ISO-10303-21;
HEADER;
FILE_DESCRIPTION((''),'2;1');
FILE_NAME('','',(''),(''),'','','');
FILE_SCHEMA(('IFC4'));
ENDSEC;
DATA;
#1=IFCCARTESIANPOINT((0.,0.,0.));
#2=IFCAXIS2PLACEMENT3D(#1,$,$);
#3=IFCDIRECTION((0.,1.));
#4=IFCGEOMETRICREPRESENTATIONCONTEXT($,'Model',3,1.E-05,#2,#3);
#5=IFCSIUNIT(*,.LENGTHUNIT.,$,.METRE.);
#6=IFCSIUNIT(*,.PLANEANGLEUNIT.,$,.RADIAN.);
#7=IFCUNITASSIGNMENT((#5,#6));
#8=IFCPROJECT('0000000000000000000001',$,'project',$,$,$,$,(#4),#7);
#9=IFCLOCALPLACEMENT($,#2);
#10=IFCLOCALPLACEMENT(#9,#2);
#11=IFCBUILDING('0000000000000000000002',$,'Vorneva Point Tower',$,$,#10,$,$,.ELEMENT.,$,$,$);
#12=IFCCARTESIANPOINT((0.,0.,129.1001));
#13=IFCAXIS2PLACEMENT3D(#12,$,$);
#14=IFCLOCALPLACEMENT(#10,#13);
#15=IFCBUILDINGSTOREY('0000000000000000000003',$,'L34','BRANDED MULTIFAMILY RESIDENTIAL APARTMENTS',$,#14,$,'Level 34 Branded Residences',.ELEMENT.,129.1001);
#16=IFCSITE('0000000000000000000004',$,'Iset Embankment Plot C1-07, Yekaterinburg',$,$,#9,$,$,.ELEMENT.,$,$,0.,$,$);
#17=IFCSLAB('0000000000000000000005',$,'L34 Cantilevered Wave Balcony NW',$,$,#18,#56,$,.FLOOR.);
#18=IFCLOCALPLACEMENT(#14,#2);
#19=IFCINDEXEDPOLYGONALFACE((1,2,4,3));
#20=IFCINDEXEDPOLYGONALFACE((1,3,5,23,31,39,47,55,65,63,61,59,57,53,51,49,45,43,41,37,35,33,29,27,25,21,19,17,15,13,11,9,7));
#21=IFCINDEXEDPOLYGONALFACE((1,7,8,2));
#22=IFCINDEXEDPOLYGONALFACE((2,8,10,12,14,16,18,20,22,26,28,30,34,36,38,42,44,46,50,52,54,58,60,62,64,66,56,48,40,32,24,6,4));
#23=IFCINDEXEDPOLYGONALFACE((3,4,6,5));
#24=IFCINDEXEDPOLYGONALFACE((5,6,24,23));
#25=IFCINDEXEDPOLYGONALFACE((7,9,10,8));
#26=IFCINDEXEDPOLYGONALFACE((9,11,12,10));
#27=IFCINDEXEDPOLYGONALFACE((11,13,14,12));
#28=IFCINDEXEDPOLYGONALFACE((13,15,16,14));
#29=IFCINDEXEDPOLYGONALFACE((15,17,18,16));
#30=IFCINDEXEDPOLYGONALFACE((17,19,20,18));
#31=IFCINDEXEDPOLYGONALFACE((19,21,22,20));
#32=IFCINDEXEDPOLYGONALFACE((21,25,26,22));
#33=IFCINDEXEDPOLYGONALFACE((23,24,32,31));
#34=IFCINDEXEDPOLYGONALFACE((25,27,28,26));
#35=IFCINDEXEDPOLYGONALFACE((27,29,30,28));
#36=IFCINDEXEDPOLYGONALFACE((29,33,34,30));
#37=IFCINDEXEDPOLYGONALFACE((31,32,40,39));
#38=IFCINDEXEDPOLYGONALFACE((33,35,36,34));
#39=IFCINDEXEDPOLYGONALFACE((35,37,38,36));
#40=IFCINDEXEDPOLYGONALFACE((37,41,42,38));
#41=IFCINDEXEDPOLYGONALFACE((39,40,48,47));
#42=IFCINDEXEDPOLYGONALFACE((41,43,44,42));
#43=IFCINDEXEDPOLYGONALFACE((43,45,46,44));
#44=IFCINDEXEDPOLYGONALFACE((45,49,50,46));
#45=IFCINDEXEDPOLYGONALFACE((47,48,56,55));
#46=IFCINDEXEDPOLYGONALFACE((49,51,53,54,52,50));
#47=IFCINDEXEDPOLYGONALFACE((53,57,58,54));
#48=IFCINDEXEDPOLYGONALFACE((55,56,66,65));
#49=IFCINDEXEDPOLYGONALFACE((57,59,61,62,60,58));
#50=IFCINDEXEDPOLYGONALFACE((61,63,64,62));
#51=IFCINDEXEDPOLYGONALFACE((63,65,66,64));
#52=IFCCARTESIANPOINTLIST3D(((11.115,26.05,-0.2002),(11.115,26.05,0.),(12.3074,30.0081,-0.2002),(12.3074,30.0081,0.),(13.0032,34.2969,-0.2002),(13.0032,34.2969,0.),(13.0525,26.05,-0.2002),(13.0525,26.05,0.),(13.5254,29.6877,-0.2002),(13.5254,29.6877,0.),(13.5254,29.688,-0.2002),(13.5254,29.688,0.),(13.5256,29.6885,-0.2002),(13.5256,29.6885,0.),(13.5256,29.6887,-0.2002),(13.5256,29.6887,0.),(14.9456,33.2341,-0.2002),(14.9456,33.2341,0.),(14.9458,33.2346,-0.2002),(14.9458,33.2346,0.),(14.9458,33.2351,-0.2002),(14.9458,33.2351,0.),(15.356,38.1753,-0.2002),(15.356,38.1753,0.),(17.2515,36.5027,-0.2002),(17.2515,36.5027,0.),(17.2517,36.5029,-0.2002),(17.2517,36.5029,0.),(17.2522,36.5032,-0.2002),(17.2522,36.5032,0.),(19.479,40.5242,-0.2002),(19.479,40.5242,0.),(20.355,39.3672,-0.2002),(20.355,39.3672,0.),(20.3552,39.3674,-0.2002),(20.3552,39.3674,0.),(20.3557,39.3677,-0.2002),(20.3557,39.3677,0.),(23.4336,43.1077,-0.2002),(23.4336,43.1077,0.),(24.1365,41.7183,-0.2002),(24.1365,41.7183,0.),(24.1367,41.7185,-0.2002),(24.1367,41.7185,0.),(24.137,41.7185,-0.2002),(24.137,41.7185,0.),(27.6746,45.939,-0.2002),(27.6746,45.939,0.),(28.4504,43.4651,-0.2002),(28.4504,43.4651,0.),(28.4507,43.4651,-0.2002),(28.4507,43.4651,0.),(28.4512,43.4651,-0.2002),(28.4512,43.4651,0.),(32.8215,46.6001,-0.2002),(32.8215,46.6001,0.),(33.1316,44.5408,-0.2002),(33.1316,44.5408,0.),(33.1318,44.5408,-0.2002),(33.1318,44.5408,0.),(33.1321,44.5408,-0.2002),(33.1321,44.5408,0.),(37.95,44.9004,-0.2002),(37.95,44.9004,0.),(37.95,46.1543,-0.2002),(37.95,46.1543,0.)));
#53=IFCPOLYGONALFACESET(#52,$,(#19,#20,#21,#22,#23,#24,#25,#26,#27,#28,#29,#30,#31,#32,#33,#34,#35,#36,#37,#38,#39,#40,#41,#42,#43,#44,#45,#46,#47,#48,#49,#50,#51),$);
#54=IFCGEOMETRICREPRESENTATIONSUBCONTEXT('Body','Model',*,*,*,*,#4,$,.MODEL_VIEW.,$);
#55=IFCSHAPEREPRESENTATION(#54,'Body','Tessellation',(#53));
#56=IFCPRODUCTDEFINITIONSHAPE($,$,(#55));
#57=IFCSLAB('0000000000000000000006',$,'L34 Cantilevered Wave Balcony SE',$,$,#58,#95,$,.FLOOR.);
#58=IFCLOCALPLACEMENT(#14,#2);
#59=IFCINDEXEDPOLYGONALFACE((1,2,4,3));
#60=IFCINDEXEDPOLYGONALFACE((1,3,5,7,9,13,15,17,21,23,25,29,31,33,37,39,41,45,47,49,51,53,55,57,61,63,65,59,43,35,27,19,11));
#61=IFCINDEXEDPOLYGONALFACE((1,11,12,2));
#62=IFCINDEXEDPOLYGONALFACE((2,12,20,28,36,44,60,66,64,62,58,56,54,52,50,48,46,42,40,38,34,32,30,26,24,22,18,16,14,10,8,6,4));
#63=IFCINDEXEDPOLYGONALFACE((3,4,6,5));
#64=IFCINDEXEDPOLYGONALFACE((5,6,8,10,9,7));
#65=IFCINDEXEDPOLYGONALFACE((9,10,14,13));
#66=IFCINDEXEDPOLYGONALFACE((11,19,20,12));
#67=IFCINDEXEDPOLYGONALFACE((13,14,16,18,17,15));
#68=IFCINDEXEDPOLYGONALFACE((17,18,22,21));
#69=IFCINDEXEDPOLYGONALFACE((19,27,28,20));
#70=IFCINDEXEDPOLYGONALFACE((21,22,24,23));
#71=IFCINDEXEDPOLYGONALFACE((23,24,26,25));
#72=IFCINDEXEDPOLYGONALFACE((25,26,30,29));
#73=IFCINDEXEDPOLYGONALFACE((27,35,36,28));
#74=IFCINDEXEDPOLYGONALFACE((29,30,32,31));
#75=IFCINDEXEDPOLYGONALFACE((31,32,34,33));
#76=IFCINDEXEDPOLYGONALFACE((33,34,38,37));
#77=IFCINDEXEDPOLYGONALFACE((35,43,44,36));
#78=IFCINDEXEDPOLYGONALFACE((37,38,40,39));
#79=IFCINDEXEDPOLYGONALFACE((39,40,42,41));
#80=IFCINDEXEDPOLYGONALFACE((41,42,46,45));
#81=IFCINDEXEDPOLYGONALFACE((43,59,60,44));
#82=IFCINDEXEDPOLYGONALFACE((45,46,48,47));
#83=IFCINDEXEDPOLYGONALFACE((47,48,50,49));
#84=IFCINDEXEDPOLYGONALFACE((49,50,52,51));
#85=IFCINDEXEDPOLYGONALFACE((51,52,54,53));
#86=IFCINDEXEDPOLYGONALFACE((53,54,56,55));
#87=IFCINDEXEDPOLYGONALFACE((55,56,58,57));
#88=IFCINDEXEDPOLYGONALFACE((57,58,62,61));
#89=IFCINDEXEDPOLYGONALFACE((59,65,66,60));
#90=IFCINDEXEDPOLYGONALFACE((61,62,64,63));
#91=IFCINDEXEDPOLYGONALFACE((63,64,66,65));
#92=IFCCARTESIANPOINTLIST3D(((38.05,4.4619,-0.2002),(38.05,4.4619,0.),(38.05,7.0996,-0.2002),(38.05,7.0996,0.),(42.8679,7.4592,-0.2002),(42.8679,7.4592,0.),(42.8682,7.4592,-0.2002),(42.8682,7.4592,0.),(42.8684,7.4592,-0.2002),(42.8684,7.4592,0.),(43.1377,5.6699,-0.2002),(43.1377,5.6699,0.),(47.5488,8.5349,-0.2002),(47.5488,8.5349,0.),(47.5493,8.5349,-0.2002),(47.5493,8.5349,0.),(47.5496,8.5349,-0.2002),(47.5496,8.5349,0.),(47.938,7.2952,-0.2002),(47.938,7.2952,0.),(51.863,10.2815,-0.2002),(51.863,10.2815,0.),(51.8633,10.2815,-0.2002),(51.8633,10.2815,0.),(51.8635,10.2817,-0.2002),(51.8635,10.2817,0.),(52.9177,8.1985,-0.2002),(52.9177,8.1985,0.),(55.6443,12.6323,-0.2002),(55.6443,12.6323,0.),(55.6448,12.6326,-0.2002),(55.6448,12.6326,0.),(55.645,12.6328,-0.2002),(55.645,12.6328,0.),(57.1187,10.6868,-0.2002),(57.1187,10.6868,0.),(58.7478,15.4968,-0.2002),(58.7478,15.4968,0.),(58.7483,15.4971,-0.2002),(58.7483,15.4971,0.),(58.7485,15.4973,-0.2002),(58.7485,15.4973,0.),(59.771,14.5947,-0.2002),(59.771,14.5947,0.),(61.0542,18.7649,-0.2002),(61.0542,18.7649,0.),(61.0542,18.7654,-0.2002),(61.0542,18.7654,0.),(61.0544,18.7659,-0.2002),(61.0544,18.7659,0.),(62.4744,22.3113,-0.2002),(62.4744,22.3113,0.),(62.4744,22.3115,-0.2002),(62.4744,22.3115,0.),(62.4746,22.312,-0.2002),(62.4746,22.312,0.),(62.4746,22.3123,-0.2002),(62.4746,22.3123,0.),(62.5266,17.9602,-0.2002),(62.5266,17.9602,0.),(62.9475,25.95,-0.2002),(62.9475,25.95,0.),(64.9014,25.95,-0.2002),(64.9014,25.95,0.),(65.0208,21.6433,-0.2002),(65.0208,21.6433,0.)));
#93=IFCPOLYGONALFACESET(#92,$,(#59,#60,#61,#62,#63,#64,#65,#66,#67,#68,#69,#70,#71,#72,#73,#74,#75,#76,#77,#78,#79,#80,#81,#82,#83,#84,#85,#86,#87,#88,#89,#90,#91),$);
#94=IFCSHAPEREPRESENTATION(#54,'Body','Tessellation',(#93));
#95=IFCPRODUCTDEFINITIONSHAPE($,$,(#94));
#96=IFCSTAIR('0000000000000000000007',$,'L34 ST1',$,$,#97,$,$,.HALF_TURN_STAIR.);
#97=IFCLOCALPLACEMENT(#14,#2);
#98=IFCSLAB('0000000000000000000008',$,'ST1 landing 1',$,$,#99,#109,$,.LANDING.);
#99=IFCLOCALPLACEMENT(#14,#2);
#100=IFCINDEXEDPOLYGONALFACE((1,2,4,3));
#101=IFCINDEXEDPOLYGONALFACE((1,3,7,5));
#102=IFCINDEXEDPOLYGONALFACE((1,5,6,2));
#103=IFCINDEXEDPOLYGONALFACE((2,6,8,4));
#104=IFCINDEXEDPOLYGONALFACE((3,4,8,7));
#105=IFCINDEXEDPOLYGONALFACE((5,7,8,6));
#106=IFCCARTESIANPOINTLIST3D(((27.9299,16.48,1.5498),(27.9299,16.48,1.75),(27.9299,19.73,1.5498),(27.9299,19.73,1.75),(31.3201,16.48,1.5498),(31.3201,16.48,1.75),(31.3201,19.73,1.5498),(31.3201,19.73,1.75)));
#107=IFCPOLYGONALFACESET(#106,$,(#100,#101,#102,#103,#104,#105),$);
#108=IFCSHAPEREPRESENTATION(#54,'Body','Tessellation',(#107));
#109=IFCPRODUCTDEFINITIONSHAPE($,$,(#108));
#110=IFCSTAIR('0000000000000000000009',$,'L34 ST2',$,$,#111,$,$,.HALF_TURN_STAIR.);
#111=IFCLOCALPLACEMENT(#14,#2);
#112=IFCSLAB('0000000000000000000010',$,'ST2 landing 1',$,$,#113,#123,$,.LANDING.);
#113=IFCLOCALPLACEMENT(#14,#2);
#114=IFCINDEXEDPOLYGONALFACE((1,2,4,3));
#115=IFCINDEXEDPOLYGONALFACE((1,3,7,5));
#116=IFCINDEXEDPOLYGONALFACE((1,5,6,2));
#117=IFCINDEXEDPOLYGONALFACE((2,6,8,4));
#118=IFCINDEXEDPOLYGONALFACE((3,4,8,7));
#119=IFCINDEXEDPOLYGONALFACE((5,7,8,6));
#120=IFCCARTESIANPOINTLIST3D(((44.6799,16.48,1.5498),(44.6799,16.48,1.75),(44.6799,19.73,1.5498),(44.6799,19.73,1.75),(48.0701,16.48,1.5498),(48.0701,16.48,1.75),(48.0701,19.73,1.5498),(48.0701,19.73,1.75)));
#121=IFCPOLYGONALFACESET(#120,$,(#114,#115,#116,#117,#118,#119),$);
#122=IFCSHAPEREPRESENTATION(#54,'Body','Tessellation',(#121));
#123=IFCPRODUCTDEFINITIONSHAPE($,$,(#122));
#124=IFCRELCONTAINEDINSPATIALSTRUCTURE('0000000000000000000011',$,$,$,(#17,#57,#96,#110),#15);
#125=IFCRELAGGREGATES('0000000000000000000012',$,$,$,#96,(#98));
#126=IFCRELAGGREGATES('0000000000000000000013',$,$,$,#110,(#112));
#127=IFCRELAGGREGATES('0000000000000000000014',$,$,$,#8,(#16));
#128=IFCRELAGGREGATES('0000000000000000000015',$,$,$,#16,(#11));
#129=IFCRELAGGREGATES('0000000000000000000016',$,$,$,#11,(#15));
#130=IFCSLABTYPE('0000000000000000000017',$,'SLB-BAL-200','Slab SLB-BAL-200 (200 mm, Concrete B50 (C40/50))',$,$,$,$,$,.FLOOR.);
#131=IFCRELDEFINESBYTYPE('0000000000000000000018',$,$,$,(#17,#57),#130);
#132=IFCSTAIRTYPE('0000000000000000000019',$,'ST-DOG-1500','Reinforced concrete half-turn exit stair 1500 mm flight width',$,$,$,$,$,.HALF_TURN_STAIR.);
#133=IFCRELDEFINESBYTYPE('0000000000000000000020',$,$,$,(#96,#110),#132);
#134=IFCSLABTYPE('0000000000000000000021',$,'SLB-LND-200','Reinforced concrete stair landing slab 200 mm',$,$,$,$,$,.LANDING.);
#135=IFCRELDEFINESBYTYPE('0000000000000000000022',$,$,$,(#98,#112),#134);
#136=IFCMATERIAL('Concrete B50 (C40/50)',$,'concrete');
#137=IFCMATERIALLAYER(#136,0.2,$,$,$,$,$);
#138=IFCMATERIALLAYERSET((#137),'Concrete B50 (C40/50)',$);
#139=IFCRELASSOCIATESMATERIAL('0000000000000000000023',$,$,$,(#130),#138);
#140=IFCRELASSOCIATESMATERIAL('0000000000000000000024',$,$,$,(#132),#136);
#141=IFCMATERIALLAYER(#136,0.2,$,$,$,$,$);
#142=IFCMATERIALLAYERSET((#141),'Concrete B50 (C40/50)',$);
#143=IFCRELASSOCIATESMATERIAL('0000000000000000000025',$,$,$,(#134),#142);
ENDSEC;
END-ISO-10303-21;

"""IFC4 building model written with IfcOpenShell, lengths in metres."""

from ifc_helpers import new_model, si_unit, direction, frame, origin, place, context, subcontext, project, spatial, polyline, outline, extrude, material, layer, layer_set, type_object, element, aggregate, save


model = new_model("IFC4")

# Units and contexts
model_context = context("Model", 3, precision=1e-05, world=origin(), true_north=direction((0.0, 1.0)))
body_context = subcontext(model_context, "Body", "Model", "MODEL_VIEW")
ifc_project = project(units=[si_unit("LENGTHUNIT", "METRE"), si_unit("PLANEANGLEUNIT", "RADIAN")], contexts=[model_context])

# Site, building, storey
site_placement = place(None, origin())
site = spatial("IfcSite", under=ifc_project, at=site_placement, Name="Iset Embankment Plot C1-07, Yekaterinburg", CompositionType="ELEMENT", RefElevation=0.0)
building_placement = place(site_placement, origin())
building = spatial("IfcBuilding", under=site, at=building_placement, Name="Vorneva Point Tower", CompositionType="ELEMENT")
storey_placement = place(building_placement, frame((0.0, 0.0, 129.1001)))
storey = spatial("IfcBuildingStorey", under=building, at=storey_placement, Name="L34", Description="BRANDED MULTIFAMILY RESIDENTIAL APARTMENTS", LongName="Level 34 Branded Residences", CompositionType="ELEMENT", Elevation=129.1001)

# Slabs
ifc_material_1 = material(Name="Concrete B50 (C40/50)", Category="concrete")
ifc_layer_1 = layer(ifc_material_1, 0.2)
ifc_layer_set_1 = layer_set([ifc_layer_1], Name="Concrete B50 (C40/50)")
slab_type_1 = type_object("IfcSlabType", Name="SLB-BAL-200", Description="Slab SLB-BAL-200 (200 mm, Concrete B50 (C40/50))", PredefinedType="FLOOR", material=ifc_layer_set_1)
slab_1_placement = place(storey_placement, frame((0.0, 0.0, -0.2002)))
element("IfcSlab", 1, at=slab_1_placement, inside=storey, type_object=slab_type_1, Name="L34 Cantilevered Wave Balcony NW", PredefinedType="FLOOR", context=body_context, shape_type="SweptSolid", body=[
    extrude(outline(polyline([(11.115, 26.05), (13.0525, 26.05), (13.5254, 29.6877), (13.5254, 29.688), (13.5256, 29.6885), (13.5256, 29.6887), (14.9456, 33.2341), (14.9458, 33.2346), (14.9458, 33.2351), (17.2515, 36.5027), (17.2517, 36.5029), (17.2522, 36.5032), (20.355, 39.3672), (20.3552, 39.3674), (20.3557, 39.3677), (24.1365, 41.7183), (24.1367, 41.7185), (24.137, 41.7185), (28.4504, 43.4651), (28.4507, 43.4651), (28.4512, 43.4651), (33.1316, 44.5408), (33.1318, 44.5408), (33.1321, 44.5408), (37.95, 44.9004), (37.95, 46.1543), (32.8215, 46.6001), (27.6746, 45.939), (23.4336, 43.1077), (19.479, 40.5242), (15.356, 38.1753), (13.0032, 34.2969), (12.3074, 30.0081), (11.115, 26.05)])), origin(), (0.0, 0.0, 1.0), 0.2002),
])
slab_2_placement = place(storey_placement, frame((0.0, 0.0, -0.2002)))
element("IfcSlab", 2, at=slab_2_placement, inside=storey, type_object=slab_type_1, Name="L34 Cantilevered Wave Balcony SE", PredefinedType="FLOOR", context=body_context, shape_type="SweptSolid", body=[
    extrude(outline(polyline([(65.0208, 21.6433), (64.9014, 25.95), (62.9475, 25.95), (62.4746, 22.3123), (62.4746, 22.312), (62.4744, 22.3115), (62.4744, 22.3113), (61.0544, 18.7659), (61.0542, 18.7654), (61.0542, 18.7649), (58.7485, 15.4973), (58.7483, 15.4971), (58.7478, 15.4968), (55.645, 12.6328), (55.6448, 12.6326), (55.6443, 12.6323), (51.8635, 10.2817), (51.8633, 10.2815), (51.863, 10.2815), (47.5496, 8.5349), (47.5493, 8.5349), (47.5488, 8.5349), (42.8684, 7.4592), (42.8682, 7.4592), (42.8679, 7.4592), (38.05, 7.0996), (38.05, 4.4619), (43.1377, 5.6699), (47.938, 7.2952), (52.9177, 8.1985), (57.1187, 10.6868), (59.771, 14.5947), (62.5266, 17.9602), (65.0208, 21.6433)])), origin(), (0.0, 0.0, 1.0), 0.2002),
])

# Stairs, slabs
stair_type = type_object("IfcStairType", Name="ST-DOG-1500", Description="Reinforced concrete half-turn exit stair 1500 mm flight width", PredefinedType="HALF_TURN_STAIR", material=ifc_material_1)
stair_1_placement = place(storey_placement, origin())
stair_1 = element("IfcStair", 3, at=stair_1_placement, inside=storey, type_object=stair_type, Name="L34 ST1", PredefinedType="HALF_TURN_STAIR")
ifc_layer_2 = layer(ifc_material_1, 0.2)
ifc_layer_set_2 = layer_set([ifc_layer_2], Name="Concrete B50 (C40/50)")
slab_type_2 = type_object("IfcSlabType", Name="SLB-LND-200", Description="Reinforced concrete stair landing slab 200 mm", PredefinedType="LANDING", material=ifc_layer_set_2)
slab_3_placement = place(storey_placement, frame((0.0, 0.0, 1.5498)))
slab_3 = element("IfcSlab", 4, at=slab_3_placement, type_object=slab_type_2, Name="ST1 landing 1", PredefinedType="LANDING", context=body_context, shape_type="SweptSolid", body=[
    extrude(outline(polyline([(27.9299, 16.48), (31.3201, 16.48), (31.3201, 19.73), (27.9299, 19.73), (27.9299, 16.48)])), origin(), (0.0, 0.0, 1.0), 0.2002),
])
aggregate(stair_1, [slab_3])
stair_2_placement = place(storey_placement, origin())
stair_2 = element("IfcStair", 5, at=stair_2_placement, inside=storey, type_object=stair_type, Name="L34 ST2", PredefinedType="HALF_TURN_STAIR")
slab_4_placement = place(storey_placement, frame((0.0, 0.0, 1.5498)))
slab_4 = element("IfcSlab", 6, at=slab_4_placement, type_object=slab_type_2, Name="ST2 landing 1", PredefinedType="LANDING", context=body_context, shape_type="SweptSolid", body=[
    extrude(outline(polyline([(44.6799, 16.48), (48.0701, 16.48), (48.0701, 19.73), (44.6799, 19.73), (44.6799, 16.48)])), origin(), (0.0, 0.0, 1.0), 0.2002),
])
aggregate(stair_2, [slab_4])

save(model, "model.ifc")
